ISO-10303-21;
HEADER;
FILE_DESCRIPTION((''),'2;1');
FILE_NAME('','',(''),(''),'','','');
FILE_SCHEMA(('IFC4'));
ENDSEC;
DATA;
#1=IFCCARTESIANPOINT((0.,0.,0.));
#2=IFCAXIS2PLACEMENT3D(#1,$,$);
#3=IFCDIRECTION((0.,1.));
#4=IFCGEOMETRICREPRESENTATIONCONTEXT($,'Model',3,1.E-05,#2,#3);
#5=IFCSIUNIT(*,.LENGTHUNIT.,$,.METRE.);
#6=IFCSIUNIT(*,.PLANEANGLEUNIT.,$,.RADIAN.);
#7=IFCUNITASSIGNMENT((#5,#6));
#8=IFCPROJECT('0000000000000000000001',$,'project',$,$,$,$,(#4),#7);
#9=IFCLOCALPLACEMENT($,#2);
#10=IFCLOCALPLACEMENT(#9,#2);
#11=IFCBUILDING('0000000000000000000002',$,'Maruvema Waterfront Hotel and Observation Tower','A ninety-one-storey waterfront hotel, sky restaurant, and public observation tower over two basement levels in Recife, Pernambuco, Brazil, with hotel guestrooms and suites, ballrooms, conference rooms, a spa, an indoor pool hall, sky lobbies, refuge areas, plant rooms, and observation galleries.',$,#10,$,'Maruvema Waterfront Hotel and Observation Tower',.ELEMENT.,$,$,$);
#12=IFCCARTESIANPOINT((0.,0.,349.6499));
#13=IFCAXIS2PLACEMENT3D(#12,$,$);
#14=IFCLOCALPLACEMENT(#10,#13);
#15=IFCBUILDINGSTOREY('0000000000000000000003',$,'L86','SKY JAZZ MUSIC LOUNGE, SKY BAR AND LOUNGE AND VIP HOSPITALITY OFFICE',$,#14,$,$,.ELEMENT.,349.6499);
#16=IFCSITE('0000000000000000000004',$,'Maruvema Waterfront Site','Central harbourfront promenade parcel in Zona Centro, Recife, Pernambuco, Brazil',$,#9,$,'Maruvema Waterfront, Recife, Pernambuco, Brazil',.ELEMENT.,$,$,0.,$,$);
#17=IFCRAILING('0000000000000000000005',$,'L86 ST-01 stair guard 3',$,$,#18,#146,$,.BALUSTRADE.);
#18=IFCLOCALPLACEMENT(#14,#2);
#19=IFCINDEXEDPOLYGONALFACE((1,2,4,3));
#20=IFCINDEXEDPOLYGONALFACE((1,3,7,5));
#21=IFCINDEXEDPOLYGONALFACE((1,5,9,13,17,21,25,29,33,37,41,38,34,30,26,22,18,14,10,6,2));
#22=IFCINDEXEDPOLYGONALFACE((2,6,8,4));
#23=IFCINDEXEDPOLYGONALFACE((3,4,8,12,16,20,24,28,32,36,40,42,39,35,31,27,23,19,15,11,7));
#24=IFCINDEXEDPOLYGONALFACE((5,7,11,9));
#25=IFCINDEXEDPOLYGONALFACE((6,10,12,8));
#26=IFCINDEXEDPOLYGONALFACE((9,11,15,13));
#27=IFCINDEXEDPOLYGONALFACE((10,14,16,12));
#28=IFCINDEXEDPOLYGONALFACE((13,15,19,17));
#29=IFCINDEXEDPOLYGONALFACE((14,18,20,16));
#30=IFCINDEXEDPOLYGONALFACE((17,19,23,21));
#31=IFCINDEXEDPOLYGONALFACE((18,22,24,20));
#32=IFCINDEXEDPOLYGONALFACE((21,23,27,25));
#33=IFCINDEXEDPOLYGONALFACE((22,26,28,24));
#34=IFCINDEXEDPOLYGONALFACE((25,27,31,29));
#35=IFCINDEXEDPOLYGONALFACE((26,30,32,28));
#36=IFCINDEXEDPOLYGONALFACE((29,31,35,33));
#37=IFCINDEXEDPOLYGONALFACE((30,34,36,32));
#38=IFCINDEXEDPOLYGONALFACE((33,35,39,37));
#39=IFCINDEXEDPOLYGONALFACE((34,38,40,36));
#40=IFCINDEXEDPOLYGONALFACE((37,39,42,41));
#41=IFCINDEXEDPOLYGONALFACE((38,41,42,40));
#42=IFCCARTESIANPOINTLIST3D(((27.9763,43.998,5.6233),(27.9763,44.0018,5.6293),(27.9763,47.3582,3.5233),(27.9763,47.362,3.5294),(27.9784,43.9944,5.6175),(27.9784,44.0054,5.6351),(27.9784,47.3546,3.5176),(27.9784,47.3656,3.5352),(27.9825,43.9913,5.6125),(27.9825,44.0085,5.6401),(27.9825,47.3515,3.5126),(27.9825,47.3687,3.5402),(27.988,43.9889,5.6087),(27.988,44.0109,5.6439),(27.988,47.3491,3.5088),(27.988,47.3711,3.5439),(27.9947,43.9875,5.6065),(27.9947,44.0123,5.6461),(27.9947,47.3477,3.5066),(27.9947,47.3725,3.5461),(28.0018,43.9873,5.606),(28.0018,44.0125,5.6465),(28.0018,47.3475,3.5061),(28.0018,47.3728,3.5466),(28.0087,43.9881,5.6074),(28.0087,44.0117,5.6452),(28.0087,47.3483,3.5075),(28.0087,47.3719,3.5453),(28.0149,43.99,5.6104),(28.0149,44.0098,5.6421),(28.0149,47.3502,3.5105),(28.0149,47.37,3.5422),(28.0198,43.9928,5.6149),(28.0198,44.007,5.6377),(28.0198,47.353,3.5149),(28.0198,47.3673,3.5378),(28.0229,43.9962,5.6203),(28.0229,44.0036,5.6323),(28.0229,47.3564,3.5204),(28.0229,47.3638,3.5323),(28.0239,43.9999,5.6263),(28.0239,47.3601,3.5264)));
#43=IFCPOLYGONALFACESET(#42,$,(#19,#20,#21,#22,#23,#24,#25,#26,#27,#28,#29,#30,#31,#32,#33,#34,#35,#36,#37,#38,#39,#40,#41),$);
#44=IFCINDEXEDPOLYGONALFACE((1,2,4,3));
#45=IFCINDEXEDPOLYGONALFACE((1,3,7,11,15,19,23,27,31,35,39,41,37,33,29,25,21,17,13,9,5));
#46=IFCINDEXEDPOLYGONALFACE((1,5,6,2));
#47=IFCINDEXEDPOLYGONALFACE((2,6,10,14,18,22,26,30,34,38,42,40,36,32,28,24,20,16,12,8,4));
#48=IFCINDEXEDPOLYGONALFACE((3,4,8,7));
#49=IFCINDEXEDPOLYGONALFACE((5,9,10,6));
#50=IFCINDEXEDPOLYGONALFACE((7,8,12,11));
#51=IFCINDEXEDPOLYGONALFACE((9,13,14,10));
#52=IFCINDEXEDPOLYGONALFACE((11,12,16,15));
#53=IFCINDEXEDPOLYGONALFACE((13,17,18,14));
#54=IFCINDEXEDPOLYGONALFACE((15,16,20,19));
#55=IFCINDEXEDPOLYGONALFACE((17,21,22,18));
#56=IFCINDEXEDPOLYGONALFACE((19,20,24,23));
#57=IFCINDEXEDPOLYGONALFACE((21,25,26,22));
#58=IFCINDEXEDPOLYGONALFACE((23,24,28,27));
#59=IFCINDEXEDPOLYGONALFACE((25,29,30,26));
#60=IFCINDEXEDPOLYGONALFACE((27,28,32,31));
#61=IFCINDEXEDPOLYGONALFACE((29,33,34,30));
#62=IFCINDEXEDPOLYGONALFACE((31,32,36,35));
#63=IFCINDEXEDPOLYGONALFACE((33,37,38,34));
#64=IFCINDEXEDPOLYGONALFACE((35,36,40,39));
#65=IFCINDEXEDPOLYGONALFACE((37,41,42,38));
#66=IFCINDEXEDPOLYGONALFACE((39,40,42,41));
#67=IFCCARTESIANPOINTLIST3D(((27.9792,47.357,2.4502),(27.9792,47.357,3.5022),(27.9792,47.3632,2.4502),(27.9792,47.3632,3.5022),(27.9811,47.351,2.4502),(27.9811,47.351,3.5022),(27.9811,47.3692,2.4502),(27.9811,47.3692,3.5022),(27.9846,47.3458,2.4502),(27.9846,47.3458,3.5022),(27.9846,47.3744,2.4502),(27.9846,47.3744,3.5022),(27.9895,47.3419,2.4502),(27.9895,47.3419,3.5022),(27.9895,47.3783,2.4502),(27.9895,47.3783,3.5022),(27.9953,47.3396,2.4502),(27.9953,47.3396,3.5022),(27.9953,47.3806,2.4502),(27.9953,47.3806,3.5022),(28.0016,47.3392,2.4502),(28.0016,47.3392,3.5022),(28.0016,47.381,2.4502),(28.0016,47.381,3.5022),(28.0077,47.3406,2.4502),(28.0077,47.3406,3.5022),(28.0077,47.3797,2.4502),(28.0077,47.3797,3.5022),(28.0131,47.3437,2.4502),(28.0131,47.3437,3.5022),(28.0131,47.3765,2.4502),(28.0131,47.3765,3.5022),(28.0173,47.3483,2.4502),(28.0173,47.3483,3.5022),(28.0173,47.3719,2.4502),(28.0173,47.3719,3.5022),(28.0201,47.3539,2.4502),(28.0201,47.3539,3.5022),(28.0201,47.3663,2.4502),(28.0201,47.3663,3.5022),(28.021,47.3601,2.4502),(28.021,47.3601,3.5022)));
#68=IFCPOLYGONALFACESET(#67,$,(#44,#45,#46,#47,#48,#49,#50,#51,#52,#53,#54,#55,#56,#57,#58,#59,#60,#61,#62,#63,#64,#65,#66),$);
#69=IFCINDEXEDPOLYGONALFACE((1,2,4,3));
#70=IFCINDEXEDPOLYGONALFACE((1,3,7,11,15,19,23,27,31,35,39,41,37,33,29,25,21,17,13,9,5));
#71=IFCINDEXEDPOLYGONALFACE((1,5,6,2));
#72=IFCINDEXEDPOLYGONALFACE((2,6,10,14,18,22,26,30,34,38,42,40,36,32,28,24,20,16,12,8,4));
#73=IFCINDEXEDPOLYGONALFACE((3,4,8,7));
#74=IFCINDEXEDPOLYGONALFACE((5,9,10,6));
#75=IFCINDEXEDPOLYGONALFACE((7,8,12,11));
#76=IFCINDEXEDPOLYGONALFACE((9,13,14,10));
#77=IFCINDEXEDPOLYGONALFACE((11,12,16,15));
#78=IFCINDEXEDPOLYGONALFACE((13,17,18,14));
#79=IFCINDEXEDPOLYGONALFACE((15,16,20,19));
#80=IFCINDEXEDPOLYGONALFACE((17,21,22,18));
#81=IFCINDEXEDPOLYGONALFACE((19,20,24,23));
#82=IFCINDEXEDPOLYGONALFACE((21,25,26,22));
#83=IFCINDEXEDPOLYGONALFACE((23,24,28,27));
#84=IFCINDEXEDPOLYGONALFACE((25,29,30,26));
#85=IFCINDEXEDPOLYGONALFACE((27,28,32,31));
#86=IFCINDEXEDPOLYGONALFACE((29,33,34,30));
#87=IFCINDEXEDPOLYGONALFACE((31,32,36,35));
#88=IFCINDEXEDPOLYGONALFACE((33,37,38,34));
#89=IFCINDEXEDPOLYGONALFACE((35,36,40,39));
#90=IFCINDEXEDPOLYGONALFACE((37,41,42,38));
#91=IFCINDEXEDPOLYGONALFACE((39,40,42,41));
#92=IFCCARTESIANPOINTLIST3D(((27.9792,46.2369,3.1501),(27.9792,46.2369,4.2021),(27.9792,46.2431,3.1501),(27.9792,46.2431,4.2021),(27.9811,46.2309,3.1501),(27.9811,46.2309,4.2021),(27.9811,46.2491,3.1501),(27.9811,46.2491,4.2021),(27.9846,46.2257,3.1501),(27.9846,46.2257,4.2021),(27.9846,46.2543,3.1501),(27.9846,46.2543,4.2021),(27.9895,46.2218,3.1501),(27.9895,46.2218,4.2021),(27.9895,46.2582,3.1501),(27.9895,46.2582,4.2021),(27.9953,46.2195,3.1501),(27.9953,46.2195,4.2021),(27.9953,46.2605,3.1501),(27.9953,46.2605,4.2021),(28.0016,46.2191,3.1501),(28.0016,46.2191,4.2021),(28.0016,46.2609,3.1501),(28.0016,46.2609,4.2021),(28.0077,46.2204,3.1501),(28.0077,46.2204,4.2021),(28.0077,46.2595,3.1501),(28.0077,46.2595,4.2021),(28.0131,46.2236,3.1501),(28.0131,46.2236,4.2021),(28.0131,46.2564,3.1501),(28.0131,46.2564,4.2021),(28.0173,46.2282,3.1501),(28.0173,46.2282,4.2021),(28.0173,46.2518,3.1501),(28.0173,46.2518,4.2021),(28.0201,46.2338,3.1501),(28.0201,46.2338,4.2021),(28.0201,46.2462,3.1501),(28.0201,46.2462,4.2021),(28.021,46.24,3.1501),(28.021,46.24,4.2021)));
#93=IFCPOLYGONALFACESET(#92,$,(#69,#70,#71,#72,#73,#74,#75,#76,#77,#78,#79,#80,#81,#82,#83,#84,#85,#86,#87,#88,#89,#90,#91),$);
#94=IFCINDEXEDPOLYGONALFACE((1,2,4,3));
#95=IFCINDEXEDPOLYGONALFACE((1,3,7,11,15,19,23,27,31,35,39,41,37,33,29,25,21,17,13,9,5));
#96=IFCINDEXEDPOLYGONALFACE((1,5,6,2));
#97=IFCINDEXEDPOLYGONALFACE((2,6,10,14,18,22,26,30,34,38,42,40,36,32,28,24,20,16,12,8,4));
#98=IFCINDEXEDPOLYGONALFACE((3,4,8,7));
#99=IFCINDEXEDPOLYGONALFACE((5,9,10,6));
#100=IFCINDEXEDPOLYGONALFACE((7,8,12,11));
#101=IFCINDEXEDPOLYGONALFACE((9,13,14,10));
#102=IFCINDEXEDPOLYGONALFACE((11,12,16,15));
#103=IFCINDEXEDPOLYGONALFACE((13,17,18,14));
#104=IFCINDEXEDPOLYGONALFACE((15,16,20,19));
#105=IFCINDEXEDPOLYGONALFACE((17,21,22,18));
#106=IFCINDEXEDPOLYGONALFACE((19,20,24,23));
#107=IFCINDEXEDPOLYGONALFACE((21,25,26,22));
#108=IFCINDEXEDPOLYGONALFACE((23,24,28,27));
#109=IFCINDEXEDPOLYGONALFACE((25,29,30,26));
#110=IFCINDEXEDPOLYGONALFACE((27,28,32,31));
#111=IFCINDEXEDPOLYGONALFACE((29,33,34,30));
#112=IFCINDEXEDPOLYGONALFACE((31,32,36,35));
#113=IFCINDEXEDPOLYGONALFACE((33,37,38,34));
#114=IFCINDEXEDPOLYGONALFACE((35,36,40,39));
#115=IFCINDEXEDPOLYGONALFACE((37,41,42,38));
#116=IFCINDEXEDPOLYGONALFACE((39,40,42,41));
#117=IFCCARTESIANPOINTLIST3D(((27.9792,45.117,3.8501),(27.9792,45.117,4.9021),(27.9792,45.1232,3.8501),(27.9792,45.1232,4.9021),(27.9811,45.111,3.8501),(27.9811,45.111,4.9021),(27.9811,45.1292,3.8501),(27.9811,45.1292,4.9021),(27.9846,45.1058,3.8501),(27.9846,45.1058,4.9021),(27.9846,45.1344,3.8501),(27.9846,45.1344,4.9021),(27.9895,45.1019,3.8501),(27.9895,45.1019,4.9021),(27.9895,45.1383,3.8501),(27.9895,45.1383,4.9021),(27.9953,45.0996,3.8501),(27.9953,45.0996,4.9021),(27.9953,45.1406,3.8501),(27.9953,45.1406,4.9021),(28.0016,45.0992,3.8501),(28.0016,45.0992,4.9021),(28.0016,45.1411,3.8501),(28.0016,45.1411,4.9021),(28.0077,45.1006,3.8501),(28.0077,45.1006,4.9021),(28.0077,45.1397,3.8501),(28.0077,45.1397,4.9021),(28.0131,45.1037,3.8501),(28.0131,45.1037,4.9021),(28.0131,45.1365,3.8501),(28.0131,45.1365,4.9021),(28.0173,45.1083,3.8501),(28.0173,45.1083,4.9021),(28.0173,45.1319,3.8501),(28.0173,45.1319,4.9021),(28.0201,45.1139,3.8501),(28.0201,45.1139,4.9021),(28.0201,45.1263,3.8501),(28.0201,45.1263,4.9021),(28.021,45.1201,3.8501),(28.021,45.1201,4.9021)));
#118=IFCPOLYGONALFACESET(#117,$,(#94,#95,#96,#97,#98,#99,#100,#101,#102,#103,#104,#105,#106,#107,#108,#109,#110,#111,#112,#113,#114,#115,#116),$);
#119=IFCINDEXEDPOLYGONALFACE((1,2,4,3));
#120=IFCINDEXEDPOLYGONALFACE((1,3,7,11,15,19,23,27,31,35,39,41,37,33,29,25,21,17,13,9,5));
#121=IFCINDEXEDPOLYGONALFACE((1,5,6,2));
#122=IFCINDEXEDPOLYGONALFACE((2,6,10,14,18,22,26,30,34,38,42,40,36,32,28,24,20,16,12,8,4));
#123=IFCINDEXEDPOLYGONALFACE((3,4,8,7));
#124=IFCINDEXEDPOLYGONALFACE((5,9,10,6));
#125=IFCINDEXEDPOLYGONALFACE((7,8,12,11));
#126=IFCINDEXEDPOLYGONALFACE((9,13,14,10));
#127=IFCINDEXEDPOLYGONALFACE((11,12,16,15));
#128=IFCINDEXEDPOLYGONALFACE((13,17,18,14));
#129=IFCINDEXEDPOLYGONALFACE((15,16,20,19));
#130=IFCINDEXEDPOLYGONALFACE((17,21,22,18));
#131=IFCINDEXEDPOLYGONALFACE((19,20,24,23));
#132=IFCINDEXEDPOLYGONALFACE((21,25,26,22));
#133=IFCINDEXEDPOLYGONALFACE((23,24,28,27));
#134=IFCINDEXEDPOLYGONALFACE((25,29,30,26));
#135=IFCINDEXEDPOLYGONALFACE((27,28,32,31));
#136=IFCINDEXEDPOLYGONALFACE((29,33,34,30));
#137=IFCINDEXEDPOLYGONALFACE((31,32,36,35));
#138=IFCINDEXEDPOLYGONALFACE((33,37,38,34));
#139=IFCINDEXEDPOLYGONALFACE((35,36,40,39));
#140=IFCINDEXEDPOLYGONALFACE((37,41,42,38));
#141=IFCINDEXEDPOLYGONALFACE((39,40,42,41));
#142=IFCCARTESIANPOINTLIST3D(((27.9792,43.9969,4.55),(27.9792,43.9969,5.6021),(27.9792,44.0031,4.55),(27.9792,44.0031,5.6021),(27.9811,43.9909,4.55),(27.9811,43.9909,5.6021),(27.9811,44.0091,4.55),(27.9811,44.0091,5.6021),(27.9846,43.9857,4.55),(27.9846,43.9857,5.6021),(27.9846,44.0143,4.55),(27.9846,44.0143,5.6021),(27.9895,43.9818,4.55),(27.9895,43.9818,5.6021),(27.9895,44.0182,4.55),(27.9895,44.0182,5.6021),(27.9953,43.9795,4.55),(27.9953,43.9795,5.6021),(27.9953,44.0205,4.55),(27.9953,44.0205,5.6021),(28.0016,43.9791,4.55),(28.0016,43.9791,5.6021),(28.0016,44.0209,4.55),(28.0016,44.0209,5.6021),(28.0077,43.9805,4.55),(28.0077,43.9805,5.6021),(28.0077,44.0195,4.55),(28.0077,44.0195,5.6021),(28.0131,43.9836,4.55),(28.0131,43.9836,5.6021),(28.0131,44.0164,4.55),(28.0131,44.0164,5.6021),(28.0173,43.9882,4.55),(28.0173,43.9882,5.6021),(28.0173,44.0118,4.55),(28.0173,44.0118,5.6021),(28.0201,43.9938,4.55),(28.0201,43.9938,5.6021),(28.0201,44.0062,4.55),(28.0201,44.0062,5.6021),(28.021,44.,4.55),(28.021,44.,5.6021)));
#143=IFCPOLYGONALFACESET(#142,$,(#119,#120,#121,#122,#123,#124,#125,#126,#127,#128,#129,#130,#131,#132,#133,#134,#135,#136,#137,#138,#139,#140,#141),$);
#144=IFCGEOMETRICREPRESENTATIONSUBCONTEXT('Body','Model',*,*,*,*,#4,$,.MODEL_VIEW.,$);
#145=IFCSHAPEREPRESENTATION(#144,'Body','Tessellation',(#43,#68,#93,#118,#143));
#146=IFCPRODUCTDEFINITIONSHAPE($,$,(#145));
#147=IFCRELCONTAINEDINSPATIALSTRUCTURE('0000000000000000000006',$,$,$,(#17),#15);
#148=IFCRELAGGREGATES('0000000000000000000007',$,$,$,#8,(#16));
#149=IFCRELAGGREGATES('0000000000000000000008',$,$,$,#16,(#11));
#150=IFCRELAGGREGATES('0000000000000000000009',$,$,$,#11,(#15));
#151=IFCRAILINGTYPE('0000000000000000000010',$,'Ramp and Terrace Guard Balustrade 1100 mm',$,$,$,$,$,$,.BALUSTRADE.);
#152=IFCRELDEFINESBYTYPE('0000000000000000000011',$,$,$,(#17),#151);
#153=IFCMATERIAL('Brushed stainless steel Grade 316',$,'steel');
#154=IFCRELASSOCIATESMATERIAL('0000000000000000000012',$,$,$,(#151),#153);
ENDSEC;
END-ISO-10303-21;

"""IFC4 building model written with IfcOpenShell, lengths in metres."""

from ifc_helpers import new_model, si_unit, direction, frame, origin, origin_2d, place, context, subcontext, project, spatial, circle, extrude, material, type_object, element, save


model = new_model("IFC4")

# Units and contexts
model_context = context("Model", 3, precision=1e-05, world=origin(), true_north=direction((0.0, 1.0)))
body_context = subcontext(model_context, "Body", "Model", "MODEL_VIEW")
ifc_project = project(units=[si_unit("LENGTHUNIT", "METRE"), si_unit("PLANEANGLEUNIT", "RADIAN")], contexts=[model_context])

# Site, building, storey
site_placement = place(None, origin())
site = spatial("IfcSite", under=ifc_project, at=site_placement, Name="Maruvema Waterfront Site", Description="Central harbourfront promenade parcel in Zona Centro, Recife, Pernambuco, Brazil", LongName="Maruvema Waterfront, Recife, Pernambuco, Brazil", CompositionType="ELEMENT", RefElevation=0.0)
building_placement = place(site_placement, origin())
building = spatial("IfcBuilding", under=site, at=building_placement, Name="Maruvema Waterfront Hotel and Observation Tower", Description="A ninety-one-storey waterfront hotel, sky restaurant, and public observation tower over two basement levels in Recife, Pernambuco, Brazil, with hotel guestrooms and suites, ballrooms, conference rooms, a spa, an indoor pool hall, sky lobbies, refuge areas, plant rooms, and observation galleries.", LongName="Maruvema Waterfront Hotel and Observation Tower", CompositionType="ELEMENT")
storey_placement = place(building_placement, frame((0.0, 0.0, 349.6499)))
storey = spatial("IfcBuildingStorey", under=building, at=storey_placement, Name="L86", Description="SKY JAZZ MUSIC LOUNGE, SKY BAR AND LOUNGE AND VIP HOSPITALITY OFFICE", CompositionType="ELEMENT", Elevation=349.6499)

# Railing
ifc_material_1 = material(Name="Brushed stainless steel Grade 316", Category="steel")
railing_type_1 = type_object("IfcRailingType", Name="Ramp and Terrace Guard Balustrade 1100 mm", PredefinedType="BALUSTRADE", material=ifc_material_1)
railing_1_placement = place(storey_placement, frame((28.0, 47.3601, 2.4502)))
element("IfcRailing", 1, at=railing_1_placement, inside=storey, type_object=railing_type_1, Name="L86 ST-01 stair guard 3", PredefinedType="BALUSTRADE", context=body_context, shape_type="SweptSolid", body=[
    extrude(circle(Radius=0.0239, at=origin_2d()), frame((0.0, 0.0, 1.0762), z_axis=(0.0, -0.848023, 0.52996), x_axis=(1.0, 0.0, 0.0)), (0.0, 0.0, 1.0), 3.9624),
    extrude(circle(Radius=0.021, at=origin_2d()), origin(), (0.0, 0.0, 1.0), 1.052),
    extrude(circle(Radius=0.021, at=origin_2d()), frame((0.0, -1.1201, 0.7)), (0.0, 0.0, 1.0), 1.052),
    extrude(circle(Radius=0.021, at=origin_2d()), frame((0.0, -2.24, 1.3999)), (0.0, 0.0, 1.0), 1.052),
    extrude(circle(Radius=0.021, at=origin_2d()), frame((0.0, -3.3601, 2.0999)), (0.0, 0.0, 1.0), 1.052),
])

save(model, "model.ifc")
